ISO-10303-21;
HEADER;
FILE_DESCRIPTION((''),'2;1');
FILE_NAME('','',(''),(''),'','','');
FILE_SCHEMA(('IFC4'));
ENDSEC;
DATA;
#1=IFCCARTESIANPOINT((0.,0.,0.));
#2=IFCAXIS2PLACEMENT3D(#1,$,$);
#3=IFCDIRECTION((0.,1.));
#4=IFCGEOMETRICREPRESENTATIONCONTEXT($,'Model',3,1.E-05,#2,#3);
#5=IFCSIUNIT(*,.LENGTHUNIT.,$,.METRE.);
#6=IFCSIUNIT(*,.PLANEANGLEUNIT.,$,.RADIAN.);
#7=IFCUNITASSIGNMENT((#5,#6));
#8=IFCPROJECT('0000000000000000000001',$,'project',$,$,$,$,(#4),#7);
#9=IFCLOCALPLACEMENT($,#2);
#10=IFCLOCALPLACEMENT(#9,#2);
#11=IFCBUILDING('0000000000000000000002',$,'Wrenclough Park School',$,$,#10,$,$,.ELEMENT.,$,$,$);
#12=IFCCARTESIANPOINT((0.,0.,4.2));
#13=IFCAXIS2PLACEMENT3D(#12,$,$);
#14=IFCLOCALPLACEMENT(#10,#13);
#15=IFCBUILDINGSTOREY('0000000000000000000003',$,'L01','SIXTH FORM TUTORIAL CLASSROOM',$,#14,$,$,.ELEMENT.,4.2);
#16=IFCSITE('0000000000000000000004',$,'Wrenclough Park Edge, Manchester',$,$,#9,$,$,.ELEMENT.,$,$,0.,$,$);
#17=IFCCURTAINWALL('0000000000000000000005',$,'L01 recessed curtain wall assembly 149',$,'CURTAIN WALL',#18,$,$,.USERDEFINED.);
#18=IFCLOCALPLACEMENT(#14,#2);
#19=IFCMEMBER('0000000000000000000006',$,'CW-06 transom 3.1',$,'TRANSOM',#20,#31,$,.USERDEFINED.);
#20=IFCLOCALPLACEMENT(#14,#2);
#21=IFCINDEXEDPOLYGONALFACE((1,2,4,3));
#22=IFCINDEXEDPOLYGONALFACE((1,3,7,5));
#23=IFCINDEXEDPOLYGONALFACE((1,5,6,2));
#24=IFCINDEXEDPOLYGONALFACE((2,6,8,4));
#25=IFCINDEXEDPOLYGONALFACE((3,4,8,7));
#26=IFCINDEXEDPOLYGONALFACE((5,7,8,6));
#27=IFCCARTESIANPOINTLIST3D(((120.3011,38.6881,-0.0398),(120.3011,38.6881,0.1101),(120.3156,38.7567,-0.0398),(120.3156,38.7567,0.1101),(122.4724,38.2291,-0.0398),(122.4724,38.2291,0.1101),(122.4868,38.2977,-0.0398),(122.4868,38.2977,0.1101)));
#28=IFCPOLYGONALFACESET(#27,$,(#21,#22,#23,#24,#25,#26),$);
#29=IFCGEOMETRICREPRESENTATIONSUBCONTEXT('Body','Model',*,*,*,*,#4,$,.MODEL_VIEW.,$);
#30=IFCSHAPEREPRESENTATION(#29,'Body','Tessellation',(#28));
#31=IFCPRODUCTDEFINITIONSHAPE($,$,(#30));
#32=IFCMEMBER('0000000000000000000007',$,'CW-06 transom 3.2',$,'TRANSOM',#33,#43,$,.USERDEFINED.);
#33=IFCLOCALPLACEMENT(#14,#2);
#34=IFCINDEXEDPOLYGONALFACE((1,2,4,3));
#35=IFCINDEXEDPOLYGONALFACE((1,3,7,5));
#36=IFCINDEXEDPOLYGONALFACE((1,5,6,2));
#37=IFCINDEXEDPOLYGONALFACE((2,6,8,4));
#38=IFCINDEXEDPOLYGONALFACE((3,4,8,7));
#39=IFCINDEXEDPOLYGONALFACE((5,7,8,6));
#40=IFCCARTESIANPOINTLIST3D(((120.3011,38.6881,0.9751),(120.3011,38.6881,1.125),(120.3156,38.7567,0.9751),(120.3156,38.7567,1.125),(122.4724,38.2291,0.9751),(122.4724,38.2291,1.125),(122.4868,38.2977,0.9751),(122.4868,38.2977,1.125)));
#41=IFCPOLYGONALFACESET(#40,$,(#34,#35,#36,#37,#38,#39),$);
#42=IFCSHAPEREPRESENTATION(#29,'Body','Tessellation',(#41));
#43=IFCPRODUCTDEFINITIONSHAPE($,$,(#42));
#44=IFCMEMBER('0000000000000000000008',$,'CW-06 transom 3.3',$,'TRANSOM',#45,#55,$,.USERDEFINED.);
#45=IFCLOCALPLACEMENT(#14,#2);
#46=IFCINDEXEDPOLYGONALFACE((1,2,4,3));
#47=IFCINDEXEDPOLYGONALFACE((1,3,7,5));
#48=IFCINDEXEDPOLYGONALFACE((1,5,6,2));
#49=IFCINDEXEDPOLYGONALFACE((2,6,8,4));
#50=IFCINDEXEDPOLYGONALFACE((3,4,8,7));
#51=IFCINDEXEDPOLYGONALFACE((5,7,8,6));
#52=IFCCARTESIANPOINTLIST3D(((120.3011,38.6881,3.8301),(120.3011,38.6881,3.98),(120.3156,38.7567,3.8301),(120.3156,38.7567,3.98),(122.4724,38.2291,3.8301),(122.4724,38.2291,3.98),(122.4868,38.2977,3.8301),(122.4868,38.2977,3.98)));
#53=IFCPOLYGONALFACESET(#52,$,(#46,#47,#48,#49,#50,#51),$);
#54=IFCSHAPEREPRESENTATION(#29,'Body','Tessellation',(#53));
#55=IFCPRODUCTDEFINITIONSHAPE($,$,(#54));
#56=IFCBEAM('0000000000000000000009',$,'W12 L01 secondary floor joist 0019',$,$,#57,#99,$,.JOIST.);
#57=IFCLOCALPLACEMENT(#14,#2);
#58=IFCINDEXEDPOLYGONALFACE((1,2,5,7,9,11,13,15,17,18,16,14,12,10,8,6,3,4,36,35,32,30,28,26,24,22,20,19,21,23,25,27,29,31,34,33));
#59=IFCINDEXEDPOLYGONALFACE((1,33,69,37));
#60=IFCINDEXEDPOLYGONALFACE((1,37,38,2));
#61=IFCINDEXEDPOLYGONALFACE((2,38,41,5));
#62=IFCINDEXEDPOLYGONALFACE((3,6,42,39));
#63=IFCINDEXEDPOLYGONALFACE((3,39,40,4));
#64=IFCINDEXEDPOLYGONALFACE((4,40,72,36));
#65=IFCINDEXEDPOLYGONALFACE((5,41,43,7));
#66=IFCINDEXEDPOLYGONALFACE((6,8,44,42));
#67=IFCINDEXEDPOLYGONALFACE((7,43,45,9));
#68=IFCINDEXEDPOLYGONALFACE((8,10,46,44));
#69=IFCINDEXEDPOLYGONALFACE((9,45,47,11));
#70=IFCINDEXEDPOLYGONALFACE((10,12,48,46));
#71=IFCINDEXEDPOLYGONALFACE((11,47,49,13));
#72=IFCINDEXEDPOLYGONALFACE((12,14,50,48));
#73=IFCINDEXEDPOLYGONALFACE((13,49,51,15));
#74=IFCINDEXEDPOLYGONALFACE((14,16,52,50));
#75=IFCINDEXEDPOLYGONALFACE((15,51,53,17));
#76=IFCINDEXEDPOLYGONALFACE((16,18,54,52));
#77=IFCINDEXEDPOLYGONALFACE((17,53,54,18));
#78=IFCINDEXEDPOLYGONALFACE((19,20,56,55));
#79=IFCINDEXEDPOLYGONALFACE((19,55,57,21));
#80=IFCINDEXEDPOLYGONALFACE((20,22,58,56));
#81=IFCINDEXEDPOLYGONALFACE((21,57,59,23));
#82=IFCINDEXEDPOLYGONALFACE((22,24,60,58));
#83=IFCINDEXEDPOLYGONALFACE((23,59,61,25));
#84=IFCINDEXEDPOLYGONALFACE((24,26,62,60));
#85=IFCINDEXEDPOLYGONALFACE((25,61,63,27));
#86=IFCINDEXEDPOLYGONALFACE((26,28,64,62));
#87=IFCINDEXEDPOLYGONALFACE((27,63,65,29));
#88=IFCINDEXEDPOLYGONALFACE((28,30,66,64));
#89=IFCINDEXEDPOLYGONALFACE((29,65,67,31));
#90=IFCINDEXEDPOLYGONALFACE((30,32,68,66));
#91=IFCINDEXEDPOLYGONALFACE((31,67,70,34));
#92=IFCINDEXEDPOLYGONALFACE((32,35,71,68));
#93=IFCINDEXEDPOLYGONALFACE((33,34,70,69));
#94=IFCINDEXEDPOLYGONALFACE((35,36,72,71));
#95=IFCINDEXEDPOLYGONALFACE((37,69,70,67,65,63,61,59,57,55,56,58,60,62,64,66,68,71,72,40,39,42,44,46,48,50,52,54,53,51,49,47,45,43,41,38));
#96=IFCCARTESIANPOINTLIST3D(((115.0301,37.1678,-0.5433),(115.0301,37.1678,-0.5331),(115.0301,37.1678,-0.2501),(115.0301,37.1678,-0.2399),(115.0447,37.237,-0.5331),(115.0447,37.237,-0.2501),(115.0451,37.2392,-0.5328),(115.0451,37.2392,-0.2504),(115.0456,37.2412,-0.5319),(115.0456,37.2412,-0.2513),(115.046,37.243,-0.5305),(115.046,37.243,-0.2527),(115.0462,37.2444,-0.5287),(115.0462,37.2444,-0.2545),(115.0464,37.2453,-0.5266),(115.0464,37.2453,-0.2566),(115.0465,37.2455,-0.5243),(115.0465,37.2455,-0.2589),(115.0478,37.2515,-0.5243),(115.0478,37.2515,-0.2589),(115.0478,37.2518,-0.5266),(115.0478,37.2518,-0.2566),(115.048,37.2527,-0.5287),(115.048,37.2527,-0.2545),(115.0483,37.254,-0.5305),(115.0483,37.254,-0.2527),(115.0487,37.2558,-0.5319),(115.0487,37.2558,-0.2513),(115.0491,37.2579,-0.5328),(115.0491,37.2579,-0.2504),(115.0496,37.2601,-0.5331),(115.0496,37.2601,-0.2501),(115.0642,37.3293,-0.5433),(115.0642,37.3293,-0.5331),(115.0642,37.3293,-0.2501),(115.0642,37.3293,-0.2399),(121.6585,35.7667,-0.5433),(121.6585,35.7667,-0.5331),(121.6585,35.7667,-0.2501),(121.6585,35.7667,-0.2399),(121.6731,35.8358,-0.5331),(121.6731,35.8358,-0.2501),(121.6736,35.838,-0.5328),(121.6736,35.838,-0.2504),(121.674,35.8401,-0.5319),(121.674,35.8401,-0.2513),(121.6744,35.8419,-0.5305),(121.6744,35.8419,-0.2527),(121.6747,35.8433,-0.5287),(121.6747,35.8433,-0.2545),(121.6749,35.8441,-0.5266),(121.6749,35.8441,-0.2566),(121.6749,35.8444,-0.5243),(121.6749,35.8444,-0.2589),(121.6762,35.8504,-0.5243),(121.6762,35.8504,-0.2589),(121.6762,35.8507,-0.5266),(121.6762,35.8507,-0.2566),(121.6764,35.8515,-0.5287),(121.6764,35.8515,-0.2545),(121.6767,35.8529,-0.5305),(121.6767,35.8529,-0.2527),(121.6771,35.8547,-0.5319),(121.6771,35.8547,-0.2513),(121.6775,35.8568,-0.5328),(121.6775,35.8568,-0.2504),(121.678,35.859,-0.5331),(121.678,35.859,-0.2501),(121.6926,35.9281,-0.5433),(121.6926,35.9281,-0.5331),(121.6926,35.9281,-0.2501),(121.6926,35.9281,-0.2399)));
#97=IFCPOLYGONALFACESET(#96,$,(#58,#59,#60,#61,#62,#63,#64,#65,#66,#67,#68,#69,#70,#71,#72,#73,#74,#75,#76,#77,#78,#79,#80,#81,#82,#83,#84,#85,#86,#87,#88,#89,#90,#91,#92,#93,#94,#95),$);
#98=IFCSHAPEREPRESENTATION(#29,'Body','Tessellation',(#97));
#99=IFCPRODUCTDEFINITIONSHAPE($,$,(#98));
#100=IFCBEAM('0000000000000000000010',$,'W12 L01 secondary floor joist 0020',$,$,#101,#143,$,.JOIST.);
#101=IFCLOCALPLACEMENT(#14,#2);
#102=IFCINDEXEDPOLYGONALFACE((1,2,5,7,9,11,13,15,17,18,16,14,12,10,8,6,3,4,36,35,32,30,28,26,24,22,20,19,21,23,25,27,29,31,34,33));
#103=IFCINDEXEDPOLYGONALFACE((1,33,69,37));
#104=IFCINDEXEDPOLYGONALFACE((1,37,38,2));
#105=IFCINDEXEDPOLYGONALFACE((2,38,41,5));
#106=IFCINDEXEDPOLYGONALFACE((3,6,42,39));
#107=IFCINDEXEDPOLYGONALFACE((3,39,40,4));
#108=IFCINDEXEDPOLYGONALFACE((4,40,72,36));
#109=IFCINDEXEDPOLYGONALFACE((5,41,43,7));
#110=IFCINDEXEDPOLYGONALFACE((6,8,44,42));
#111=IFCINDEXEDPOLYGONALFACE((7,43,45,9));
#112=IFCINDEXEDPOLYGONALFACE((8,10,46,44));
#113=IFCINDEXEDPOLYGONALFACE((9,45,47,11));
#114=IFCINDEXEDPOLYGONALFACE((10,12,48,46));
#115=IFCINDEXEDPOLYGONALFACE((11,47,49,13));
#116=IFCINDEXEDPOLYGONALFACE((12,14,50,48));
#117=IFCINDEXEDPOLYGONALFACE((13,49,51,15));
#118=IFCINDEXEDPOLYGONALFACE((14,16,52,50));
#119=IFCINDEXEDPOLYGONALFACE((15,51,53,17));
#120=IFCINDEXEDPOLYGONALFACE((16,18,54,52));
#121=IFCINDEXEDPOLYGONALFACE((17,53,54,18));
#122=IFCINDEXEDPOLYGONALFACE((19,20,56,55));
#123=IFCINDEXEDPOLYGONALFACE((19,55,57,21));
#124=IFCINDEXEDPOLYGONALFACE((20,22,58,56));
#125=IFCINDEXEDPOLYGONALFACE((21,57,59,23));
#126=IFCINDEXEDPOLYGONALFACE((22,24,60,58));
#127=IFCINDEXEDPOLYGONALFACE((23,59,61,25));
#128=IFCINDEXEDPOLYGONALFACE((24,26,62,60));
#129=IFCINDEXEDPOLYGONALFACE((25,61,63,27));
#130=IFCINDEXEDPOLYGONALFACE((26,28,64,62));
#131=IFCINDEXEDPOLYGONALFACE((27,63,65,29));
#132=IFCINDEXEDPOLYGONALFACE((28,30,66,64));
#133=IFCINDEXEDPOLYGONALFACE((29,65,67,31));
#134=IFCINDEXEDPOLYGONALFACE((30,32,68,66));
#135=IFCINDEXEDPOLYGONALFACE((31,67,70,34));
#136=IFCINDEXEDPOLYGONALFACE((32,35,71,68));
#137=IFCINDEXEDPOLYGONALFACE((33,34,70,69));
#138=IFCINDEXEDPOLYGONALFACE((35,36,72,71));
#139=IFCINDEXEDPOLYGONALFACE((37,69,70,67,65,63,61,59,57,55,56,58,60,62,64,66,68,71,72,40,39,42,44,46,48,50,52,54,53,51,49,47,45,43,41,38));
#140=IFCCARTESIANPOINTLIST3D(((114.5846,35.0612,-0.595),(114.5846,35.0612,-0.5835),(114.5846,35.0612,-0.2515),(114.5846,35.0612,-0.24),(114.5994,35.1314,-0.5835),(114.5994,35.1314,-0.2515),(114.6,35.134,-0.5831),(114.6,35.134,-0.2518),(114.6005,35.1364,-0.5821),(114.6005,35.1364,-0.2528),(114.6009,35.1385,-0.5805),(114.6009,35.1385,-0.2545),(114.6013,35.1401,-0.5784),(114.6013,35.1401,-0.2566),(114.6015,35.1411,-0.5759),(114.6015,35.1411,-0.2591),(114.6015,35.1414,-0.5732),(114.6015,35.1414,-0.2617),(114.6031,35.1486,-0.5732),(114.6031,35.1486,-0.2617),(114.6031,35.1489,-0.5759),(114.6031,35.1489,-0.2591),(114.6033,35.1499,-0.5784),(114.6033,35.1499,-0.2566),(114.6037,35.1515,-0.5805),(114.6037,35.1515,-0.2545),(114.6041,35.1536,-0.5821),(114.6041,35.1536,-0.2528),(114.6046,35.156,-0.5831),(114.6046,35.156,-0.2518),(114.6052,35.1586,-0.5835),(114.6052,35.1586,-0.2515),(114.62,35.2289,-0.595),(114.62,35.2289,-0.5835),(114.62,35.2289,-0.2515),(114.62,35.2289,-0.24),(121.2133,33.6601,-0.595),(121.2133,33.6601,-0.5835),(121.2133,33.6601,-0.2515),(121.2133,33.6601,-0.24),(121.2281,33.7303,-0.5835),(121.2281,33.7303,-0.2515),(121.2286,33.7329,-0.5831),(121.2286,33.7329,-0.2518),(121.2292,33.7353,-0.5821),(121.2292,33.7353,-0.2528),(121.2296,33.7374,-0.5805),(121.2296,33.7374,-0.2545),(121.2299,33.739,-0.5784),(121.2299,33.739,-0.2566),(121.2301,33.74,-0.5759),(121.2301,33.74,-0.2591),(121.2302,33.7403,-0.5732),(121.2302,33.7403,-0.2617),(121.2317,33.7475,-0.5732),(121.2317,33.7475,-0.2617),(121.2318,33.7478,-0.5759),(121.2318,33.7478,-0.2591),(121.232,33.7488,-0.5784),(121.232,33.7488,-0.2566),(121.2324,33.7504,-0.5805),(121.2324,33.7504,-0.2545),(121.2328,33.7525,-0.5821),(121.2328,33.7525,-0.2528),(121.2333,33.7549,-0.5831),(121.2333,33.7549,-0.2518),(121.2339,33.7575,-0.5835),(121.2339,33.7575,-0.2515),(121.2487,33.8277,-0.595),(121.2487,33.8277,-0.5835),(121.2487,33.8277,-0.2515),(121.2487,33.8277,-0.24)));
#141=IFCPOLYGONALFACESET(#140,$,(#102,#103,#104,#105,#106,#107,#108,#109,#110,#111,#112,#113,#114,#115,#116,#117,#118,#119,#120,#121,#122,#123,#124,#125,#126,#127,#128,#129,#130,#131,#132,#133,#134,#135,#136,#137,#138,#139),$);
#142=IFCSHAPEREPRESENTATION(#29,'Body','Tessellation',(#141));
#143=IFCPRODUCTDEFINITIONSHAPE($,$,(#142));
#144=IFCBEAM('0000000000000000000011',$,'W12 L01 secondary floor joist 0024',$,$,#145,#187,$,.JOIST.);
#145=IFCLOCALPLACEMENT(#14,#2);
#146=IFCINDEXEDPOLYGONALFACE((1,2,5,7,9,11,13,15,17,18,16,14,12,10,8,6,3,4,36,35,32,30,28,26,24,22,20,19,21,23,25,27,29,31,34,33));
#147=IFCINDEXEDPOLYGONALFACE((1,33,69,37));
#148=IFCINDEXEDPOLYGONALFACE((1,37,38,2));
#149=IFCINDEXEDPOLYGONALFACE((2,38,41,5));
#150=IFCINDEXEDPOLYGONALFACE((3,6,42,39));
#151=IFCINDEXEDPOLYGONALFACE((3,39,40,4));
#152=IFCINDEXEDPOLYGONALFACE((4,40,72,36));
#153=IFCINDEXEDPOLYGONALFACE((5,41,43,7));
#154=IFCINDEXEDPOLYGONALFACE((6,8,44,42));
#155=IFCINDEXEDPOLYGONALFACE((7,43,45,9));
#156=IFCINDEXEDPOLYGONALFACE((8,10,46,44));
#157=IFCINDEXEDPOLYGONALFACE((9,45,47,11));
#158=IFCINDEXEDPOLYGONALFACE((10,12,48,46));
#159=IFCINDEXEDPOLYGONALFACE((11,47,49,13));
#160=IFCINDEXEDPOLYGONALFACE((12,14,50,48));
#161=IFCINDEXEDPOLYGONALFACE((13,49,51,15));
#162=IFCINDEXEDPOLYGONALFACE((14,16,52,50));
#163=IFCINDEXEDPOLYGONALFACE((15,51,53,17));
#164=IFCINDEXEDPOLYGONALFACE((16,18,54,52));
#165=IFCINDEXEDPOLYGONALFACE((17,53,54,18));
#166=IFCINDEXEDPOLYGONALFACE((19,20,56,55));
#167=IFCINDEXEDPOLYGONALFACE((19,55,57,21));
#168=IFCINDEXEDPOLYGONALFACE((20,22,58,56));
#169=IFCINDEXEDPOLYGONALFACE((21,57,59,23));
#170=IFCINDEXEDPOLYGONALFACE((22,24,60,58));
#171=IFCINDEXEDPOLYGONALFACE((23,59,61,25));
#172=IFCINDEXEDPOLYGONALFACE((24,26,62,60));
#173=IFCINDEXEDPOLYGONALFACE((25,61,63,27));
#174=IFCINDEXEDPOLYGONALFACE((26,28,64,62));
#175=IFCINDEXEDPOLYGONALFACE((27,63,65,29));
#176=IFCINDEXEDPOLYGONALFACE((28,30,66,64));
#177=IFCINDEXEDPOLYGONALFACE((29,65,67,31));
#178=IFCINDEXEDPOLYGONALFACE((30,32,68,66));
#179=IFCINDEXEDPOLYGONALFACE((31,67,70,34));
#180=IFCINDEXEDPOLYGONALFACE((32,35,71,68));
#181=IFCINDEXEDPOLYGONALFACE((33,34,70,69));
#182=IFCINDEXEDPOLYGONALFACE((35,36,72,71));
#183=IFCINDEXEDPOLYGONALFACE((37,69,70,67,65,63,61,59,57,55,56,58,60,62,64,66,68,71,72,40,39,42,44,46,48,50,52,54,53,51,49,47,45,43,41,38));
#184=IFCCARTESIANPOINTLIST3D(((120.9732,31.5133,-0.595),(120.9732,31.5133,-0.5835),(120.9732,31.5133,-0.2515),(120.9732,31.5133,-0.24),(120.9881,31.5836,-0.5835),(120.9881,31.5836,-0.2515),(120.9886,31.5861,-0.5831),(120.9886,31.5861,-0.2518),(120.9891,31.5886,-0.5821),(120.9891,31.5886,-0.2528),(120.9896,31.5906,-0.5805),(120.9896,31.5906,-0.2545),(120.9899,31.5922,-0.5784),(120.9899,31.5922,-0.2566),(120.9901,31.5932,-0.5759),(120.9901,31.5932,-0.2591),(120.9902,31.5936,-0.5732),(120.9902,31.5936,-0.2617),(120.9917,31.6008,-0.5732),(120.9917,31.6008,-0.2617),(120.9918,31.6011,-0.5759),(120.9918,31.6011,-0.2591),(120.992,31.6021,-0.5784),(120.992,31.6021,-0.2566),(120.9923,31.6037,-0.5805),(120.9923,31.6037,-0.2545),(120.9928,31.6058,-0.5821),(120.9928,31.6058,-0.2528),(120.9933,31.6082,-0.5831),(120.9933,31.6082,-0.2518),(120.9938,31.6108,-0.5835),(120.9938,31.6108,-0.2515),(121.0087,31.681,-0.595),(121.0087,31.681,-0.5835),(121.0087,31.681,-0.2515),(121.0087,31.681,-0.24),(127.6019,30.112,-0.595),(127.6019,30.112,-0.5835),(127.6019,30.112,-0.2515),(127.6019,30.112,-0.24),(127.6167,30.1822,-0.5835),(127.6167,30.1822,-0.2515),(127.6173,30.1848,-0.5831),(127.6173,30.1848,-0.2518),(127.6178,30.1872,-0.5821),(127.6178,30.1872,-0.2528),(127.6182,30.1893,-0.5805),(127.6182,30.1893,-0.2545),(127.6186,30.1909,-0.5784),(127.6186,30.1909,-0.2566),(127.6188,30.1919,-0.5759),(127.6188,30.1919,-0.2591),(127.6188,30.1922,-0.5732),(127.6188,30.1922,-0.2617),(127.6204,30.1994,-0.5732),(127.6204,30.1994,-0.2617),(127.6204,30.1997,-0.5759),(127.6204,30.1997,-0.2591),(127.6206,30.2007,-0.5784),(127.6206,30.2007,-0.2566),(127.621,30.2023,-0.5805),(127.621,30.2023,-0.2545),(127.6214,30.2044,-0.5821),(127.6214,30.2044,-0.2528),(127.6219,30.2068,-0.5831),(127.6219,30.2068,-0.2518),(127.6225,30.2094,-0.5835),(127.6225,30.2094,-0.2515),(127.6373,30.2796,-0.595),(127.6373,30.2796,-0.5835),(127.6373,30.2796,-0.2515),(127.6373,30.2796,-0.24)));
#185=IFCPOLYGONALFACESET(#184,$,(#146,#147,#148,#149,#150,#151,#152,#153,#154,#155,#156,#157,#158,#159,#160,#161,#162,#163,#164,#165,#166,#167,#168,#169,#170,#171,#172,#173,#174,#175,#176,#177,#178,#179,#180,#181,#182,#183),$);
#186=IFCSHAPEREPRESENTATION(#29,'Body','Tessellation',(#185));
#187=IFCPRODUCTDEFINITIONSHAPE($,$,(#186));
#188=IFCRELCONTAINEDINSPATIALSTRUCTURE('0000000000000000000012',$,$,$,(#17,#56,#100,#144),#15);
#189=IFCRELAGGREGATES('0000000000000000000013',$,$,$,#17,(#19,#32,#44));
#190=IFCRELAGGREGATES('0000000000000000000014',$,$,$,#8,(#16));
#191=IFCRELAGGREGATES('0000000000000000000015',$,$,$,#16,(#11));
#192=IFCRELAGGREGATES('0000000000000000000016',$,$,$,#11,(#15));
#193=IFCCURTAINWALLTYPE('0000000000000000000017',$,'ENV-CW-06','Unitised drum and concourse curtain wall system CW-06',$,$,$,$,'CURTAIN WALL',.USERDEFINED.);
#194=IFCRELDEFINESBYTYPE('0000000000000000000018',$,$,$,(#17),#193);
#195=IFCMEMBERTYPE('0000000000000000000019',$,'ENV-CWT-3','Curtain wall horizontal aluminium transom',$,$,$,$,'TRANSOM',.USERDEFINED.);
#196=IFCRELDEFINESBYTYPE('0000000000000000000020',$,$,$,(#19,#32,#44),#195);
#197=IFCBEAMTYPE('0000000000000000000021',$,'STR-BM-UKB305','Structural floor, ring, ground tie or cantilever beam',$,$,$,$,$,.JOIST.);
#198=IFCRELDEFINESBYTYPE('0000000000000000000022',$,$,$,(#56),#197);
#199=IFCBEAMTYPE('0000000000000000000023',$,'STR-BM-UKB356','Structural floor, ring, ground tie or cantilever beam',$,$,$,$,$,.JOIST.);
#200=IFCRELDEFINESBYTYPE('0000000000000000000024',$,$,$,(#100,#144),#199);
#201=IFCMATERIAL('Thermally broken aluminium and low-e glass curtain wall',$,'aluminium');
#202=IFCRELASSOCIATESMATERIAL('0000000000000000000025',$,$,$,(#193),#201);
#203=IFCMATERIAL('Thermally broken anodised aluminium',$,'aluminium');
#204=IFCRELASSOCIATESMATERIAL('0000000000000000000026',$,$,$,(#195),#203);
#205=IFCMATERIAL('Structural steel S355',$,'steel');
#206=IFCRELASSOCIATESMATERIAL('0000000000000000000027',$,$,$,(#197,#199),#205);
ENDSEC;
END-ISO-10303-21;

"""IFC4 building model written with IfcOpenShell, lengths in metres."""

from ifc_helpers import new_model, si_unit, direction, frame, origin, origin_2d, place, context, subcontext, project, spatial, rectangle, i_section, extrude, material, material_profile, profile_set, type_object, element, aggregate, save


model = new_model("IFC4")

# Units and contexts
model_context = context("Model", 3, precision=1e-05, world=origin(), true_north=direction((0.0, 1.0)))
body_context = subcontext(model_context, "Body", "Model", "MODEL_VIEW")
ifc_project = project(units=[si_unit("LENGTHUNIT", "METRE"), si_unit("PLANEANGLEUNIT", "RADIAN")], contexts=[model_context])

# Site, building, storey
site_placement = place(None, origin())
site = spatial("IfcSite", under=ifc_project, at=site_placement, Name="Wrenclough Park Edge, Manchester", CompositionType="ELEMENT", RefElevation=0.0)
building_placement = place(site_placement, origin())
building = spatial("IfcBuilding", under=site, at=building_placement, Name="Wrenclough Park School", CompositionType="ELEMENT")
storey_placement = place(building_placement, frame((0.0, 0.0, 4.2)))
storey = spatial("IfcBuildingStorey", under=building, at=storey_placement, Name="L01", Description="SIXTH FORM TUTORIAL CLASSROOM", CompositionType="ELEMENT", Elevation=4.2)

# Shared definitions
ifc_material_1 = material(Name="Structural steel S355", Category="steel")

# Shared definitions
ifc_material_2 = material(Name="Thermally broken aluminium and low-e glass curtain wall", Category="aluminium")
ifc_material_3 = material(Name="Thermally broken anodised aluminium", Category="aluminium")

# Curtain wall, members
curtain_wall_type_1 = type_object("IfcCurtainWallType", Name="ENV-CW-06", Description="Unitised drum and concourse curtain wall system CW-06", ElementType="CURTAIN WALL", PredefinedType="USERDEFINED", material=ifc_material_2)
curtain_wall_1_placement = place(storey_placement, origin())
curtain_wall_1 = element("IfcCurtainWall", 1, at=curtain_wall_1_placement, inside=storey, type_object=curtain_wall_type_1, Name="L01 recessed curtain wall assembly 149", ObjectType="CURTAIN WALL", PredefinedType="USERDEFINED")
ifc_material_profile_1 = material_profile(ifc_material_3, rectangle(XDim=0.0701, YDim=0.1499, at=origin_2d()), Name="AL TRANSOM 70x150")
ifc_profile_set_1 = profile_set([ifc_material_profile_1], Name="Thermally broken anodised aluminium")
member_type_1 = type_object("IfcMemberType", Name="ENV-CWT-3", Description="Curtain wall horizontal aluminium transom", ElementType="TRANSOM", PredefinedType="USERDEFINED", material=ifc_profile_set_1)
member_1_placement = place(storey_placement, frame((120.3083, 38.7224, 0.0352), z_axis=(0.978377, -0.206831, 0.0), x_axis=(0.206831, 0.978377, 0.0)))
member_1 = element("IfcMember", 2, at=member_1_placement, type_object=member_type_1, Name="CW-06 transom 3.1", ObjectType="TRANSOM", PredefinedType="USERDEFINED", context=body_context, shape_type="SweptSolid", body=[
    extrude(rectangle(XDim=0.0701, YDim=0.1499, at=origin_2d()), origin(), (0.0, 0.0, 1.0), 2.2192),
])
member_2_placement = place(storey_placement, frame((120.3083, 38.7224, 1.05), z_axis=(0.978377, -0.206831, 0.0), x_axis=(0.206831, 0.978377, 0.0)))
member_2 = element("IfcMember", 3, at=member_2_placement, type_object=member_type_1, Name="CW-06 transom 3.2", ObjectType="TRANSOM", PredefinedType="USERDEFINED", context=body_context, shape_type="SweptSolid", body=[
    extrude(rectangle(XDim=0.0701, YDim=0.1499, at=origin_2d()), origin(), (0.0, 0.0, 1.0), 2.2192),
])
member_3_placement = place(storey_placement, frame((120.3083, 38.7224, 3.905), z_axis=(0.978377, -0.206831, 0.0), x_axis=(0.206831, 0.978377, 0.0)))
member_3 = element("IfcMember", 4, at=member_3_placement, type_object=member_type_1, Name="CW-06 transom 3.3", ObjectType="TRANSOM", PredefinedType="USERDEFINED", context=body_context, shape_type="SweptSolid", body=[
    extrude(rectangle(XDim=0.0701, YDim=0.1499, at=origin_2d()), origin(), (0.0, 0.0, 1.0), 2.2192),
])

# Beams
ifc_material_profile_2 = material_profile(ifc_material_1, i_section(OverallWidth=0.165, OverallDepth=0.3035, WebThickness=0.0061, FlangeThickness=0.0103, FilletRadius=0.0088, at=origin_2d()), Name="UKB 305x165x40")
ifc_profile_set_2 = profile_set([ifc_material_profile_2], Name="Structural steel S355")
beam_type_1 = type_object("IfcBeamType", Name="STR-BM-UKB305", Description="Structural floor, ring, ground tie or cantilever beam", PredefinedType="JOIST", material=ifc_profile_set_2)
beam_1_placement = place(storey_placement, frame((115.0471, 37.2485, -0.3916), z_axis=(0.978381, -0.206811, 0.0), x_axis=(0.206811, 0.978381, 0.0)))
element("IfcBeam", 5, at=beam_1_placement, inside=storey, type_object=beam_type_1, Name="W12 L01 secondary floor joist 0019", PredefinedType="JOIST", context=body_context, shape_type="SweptSolid", body=[
    extrude(i_section(OverallWidth=0.165, OverallDepth=0.3035, WebThickness=0.0061, FlangeThickness=0.0103, FilletRadius=0.0088, at=origin_2d()), origin(), (0.0, 0.0, 1.0), 6.7749),
])
ifc_material_profile_3 = material_profile(ifc_material_1, i_section(OverallWidth=0.1714, OverallDepth=0.355, WebThickness=0.0073, FlangeThickness=0.0115, FilletRadius=0.0103, at=origin_2d()), Name="UKB 356x171x51")
ifc_profile_set_3 = profile_set([ifc_material_profile_3], Name="Structural steel S355")
beam_type_2 = type_object("IfcBeamType", Name="STR-BM-UKB356", Description="Structural floor, ring, ground tie or cantilever beam", PredefinedType="JOIST", material=ifc_profile_set_3)
for number, where, z_axis, x_axis, name in (
    (6, (114.6023, 35.145, -0.4175), (0.978382, -0.206804, 0.0), (0.206804, 0.978382, 0.0), "W12 L01 secondary floor joist 0020"),
    (7, (120.991, 31.5972, -0.4175), (0.978375, -0.206839, 0.0), (0.206839, 0.978375, 0.0), "W12 L01 secondary floor joist 0024"),
):
    element("IfcBeam", number, at=place(storey_placement, frame(where, z_axis=z_axis, x_axis=x_axis)), inside=storey, type_object=beam_type_2, Name=name, PredefinedType="JOIST", context=body_context, shape_type="SweptSolid", body=[
        extrude(i_section(OverallWidth=0.1714, OverallDepth=0.355, WebThickness=0.0073, FlangeThickness=0.0115, FilletRadius=0.0103, at=origin_2d()), origin(), (0.0, 0.0, 1.0), 6.7751),
    ])

aggregate(curtain_wall_1, [member_1, member_2, member_3])

save(model, "model.ifc")
